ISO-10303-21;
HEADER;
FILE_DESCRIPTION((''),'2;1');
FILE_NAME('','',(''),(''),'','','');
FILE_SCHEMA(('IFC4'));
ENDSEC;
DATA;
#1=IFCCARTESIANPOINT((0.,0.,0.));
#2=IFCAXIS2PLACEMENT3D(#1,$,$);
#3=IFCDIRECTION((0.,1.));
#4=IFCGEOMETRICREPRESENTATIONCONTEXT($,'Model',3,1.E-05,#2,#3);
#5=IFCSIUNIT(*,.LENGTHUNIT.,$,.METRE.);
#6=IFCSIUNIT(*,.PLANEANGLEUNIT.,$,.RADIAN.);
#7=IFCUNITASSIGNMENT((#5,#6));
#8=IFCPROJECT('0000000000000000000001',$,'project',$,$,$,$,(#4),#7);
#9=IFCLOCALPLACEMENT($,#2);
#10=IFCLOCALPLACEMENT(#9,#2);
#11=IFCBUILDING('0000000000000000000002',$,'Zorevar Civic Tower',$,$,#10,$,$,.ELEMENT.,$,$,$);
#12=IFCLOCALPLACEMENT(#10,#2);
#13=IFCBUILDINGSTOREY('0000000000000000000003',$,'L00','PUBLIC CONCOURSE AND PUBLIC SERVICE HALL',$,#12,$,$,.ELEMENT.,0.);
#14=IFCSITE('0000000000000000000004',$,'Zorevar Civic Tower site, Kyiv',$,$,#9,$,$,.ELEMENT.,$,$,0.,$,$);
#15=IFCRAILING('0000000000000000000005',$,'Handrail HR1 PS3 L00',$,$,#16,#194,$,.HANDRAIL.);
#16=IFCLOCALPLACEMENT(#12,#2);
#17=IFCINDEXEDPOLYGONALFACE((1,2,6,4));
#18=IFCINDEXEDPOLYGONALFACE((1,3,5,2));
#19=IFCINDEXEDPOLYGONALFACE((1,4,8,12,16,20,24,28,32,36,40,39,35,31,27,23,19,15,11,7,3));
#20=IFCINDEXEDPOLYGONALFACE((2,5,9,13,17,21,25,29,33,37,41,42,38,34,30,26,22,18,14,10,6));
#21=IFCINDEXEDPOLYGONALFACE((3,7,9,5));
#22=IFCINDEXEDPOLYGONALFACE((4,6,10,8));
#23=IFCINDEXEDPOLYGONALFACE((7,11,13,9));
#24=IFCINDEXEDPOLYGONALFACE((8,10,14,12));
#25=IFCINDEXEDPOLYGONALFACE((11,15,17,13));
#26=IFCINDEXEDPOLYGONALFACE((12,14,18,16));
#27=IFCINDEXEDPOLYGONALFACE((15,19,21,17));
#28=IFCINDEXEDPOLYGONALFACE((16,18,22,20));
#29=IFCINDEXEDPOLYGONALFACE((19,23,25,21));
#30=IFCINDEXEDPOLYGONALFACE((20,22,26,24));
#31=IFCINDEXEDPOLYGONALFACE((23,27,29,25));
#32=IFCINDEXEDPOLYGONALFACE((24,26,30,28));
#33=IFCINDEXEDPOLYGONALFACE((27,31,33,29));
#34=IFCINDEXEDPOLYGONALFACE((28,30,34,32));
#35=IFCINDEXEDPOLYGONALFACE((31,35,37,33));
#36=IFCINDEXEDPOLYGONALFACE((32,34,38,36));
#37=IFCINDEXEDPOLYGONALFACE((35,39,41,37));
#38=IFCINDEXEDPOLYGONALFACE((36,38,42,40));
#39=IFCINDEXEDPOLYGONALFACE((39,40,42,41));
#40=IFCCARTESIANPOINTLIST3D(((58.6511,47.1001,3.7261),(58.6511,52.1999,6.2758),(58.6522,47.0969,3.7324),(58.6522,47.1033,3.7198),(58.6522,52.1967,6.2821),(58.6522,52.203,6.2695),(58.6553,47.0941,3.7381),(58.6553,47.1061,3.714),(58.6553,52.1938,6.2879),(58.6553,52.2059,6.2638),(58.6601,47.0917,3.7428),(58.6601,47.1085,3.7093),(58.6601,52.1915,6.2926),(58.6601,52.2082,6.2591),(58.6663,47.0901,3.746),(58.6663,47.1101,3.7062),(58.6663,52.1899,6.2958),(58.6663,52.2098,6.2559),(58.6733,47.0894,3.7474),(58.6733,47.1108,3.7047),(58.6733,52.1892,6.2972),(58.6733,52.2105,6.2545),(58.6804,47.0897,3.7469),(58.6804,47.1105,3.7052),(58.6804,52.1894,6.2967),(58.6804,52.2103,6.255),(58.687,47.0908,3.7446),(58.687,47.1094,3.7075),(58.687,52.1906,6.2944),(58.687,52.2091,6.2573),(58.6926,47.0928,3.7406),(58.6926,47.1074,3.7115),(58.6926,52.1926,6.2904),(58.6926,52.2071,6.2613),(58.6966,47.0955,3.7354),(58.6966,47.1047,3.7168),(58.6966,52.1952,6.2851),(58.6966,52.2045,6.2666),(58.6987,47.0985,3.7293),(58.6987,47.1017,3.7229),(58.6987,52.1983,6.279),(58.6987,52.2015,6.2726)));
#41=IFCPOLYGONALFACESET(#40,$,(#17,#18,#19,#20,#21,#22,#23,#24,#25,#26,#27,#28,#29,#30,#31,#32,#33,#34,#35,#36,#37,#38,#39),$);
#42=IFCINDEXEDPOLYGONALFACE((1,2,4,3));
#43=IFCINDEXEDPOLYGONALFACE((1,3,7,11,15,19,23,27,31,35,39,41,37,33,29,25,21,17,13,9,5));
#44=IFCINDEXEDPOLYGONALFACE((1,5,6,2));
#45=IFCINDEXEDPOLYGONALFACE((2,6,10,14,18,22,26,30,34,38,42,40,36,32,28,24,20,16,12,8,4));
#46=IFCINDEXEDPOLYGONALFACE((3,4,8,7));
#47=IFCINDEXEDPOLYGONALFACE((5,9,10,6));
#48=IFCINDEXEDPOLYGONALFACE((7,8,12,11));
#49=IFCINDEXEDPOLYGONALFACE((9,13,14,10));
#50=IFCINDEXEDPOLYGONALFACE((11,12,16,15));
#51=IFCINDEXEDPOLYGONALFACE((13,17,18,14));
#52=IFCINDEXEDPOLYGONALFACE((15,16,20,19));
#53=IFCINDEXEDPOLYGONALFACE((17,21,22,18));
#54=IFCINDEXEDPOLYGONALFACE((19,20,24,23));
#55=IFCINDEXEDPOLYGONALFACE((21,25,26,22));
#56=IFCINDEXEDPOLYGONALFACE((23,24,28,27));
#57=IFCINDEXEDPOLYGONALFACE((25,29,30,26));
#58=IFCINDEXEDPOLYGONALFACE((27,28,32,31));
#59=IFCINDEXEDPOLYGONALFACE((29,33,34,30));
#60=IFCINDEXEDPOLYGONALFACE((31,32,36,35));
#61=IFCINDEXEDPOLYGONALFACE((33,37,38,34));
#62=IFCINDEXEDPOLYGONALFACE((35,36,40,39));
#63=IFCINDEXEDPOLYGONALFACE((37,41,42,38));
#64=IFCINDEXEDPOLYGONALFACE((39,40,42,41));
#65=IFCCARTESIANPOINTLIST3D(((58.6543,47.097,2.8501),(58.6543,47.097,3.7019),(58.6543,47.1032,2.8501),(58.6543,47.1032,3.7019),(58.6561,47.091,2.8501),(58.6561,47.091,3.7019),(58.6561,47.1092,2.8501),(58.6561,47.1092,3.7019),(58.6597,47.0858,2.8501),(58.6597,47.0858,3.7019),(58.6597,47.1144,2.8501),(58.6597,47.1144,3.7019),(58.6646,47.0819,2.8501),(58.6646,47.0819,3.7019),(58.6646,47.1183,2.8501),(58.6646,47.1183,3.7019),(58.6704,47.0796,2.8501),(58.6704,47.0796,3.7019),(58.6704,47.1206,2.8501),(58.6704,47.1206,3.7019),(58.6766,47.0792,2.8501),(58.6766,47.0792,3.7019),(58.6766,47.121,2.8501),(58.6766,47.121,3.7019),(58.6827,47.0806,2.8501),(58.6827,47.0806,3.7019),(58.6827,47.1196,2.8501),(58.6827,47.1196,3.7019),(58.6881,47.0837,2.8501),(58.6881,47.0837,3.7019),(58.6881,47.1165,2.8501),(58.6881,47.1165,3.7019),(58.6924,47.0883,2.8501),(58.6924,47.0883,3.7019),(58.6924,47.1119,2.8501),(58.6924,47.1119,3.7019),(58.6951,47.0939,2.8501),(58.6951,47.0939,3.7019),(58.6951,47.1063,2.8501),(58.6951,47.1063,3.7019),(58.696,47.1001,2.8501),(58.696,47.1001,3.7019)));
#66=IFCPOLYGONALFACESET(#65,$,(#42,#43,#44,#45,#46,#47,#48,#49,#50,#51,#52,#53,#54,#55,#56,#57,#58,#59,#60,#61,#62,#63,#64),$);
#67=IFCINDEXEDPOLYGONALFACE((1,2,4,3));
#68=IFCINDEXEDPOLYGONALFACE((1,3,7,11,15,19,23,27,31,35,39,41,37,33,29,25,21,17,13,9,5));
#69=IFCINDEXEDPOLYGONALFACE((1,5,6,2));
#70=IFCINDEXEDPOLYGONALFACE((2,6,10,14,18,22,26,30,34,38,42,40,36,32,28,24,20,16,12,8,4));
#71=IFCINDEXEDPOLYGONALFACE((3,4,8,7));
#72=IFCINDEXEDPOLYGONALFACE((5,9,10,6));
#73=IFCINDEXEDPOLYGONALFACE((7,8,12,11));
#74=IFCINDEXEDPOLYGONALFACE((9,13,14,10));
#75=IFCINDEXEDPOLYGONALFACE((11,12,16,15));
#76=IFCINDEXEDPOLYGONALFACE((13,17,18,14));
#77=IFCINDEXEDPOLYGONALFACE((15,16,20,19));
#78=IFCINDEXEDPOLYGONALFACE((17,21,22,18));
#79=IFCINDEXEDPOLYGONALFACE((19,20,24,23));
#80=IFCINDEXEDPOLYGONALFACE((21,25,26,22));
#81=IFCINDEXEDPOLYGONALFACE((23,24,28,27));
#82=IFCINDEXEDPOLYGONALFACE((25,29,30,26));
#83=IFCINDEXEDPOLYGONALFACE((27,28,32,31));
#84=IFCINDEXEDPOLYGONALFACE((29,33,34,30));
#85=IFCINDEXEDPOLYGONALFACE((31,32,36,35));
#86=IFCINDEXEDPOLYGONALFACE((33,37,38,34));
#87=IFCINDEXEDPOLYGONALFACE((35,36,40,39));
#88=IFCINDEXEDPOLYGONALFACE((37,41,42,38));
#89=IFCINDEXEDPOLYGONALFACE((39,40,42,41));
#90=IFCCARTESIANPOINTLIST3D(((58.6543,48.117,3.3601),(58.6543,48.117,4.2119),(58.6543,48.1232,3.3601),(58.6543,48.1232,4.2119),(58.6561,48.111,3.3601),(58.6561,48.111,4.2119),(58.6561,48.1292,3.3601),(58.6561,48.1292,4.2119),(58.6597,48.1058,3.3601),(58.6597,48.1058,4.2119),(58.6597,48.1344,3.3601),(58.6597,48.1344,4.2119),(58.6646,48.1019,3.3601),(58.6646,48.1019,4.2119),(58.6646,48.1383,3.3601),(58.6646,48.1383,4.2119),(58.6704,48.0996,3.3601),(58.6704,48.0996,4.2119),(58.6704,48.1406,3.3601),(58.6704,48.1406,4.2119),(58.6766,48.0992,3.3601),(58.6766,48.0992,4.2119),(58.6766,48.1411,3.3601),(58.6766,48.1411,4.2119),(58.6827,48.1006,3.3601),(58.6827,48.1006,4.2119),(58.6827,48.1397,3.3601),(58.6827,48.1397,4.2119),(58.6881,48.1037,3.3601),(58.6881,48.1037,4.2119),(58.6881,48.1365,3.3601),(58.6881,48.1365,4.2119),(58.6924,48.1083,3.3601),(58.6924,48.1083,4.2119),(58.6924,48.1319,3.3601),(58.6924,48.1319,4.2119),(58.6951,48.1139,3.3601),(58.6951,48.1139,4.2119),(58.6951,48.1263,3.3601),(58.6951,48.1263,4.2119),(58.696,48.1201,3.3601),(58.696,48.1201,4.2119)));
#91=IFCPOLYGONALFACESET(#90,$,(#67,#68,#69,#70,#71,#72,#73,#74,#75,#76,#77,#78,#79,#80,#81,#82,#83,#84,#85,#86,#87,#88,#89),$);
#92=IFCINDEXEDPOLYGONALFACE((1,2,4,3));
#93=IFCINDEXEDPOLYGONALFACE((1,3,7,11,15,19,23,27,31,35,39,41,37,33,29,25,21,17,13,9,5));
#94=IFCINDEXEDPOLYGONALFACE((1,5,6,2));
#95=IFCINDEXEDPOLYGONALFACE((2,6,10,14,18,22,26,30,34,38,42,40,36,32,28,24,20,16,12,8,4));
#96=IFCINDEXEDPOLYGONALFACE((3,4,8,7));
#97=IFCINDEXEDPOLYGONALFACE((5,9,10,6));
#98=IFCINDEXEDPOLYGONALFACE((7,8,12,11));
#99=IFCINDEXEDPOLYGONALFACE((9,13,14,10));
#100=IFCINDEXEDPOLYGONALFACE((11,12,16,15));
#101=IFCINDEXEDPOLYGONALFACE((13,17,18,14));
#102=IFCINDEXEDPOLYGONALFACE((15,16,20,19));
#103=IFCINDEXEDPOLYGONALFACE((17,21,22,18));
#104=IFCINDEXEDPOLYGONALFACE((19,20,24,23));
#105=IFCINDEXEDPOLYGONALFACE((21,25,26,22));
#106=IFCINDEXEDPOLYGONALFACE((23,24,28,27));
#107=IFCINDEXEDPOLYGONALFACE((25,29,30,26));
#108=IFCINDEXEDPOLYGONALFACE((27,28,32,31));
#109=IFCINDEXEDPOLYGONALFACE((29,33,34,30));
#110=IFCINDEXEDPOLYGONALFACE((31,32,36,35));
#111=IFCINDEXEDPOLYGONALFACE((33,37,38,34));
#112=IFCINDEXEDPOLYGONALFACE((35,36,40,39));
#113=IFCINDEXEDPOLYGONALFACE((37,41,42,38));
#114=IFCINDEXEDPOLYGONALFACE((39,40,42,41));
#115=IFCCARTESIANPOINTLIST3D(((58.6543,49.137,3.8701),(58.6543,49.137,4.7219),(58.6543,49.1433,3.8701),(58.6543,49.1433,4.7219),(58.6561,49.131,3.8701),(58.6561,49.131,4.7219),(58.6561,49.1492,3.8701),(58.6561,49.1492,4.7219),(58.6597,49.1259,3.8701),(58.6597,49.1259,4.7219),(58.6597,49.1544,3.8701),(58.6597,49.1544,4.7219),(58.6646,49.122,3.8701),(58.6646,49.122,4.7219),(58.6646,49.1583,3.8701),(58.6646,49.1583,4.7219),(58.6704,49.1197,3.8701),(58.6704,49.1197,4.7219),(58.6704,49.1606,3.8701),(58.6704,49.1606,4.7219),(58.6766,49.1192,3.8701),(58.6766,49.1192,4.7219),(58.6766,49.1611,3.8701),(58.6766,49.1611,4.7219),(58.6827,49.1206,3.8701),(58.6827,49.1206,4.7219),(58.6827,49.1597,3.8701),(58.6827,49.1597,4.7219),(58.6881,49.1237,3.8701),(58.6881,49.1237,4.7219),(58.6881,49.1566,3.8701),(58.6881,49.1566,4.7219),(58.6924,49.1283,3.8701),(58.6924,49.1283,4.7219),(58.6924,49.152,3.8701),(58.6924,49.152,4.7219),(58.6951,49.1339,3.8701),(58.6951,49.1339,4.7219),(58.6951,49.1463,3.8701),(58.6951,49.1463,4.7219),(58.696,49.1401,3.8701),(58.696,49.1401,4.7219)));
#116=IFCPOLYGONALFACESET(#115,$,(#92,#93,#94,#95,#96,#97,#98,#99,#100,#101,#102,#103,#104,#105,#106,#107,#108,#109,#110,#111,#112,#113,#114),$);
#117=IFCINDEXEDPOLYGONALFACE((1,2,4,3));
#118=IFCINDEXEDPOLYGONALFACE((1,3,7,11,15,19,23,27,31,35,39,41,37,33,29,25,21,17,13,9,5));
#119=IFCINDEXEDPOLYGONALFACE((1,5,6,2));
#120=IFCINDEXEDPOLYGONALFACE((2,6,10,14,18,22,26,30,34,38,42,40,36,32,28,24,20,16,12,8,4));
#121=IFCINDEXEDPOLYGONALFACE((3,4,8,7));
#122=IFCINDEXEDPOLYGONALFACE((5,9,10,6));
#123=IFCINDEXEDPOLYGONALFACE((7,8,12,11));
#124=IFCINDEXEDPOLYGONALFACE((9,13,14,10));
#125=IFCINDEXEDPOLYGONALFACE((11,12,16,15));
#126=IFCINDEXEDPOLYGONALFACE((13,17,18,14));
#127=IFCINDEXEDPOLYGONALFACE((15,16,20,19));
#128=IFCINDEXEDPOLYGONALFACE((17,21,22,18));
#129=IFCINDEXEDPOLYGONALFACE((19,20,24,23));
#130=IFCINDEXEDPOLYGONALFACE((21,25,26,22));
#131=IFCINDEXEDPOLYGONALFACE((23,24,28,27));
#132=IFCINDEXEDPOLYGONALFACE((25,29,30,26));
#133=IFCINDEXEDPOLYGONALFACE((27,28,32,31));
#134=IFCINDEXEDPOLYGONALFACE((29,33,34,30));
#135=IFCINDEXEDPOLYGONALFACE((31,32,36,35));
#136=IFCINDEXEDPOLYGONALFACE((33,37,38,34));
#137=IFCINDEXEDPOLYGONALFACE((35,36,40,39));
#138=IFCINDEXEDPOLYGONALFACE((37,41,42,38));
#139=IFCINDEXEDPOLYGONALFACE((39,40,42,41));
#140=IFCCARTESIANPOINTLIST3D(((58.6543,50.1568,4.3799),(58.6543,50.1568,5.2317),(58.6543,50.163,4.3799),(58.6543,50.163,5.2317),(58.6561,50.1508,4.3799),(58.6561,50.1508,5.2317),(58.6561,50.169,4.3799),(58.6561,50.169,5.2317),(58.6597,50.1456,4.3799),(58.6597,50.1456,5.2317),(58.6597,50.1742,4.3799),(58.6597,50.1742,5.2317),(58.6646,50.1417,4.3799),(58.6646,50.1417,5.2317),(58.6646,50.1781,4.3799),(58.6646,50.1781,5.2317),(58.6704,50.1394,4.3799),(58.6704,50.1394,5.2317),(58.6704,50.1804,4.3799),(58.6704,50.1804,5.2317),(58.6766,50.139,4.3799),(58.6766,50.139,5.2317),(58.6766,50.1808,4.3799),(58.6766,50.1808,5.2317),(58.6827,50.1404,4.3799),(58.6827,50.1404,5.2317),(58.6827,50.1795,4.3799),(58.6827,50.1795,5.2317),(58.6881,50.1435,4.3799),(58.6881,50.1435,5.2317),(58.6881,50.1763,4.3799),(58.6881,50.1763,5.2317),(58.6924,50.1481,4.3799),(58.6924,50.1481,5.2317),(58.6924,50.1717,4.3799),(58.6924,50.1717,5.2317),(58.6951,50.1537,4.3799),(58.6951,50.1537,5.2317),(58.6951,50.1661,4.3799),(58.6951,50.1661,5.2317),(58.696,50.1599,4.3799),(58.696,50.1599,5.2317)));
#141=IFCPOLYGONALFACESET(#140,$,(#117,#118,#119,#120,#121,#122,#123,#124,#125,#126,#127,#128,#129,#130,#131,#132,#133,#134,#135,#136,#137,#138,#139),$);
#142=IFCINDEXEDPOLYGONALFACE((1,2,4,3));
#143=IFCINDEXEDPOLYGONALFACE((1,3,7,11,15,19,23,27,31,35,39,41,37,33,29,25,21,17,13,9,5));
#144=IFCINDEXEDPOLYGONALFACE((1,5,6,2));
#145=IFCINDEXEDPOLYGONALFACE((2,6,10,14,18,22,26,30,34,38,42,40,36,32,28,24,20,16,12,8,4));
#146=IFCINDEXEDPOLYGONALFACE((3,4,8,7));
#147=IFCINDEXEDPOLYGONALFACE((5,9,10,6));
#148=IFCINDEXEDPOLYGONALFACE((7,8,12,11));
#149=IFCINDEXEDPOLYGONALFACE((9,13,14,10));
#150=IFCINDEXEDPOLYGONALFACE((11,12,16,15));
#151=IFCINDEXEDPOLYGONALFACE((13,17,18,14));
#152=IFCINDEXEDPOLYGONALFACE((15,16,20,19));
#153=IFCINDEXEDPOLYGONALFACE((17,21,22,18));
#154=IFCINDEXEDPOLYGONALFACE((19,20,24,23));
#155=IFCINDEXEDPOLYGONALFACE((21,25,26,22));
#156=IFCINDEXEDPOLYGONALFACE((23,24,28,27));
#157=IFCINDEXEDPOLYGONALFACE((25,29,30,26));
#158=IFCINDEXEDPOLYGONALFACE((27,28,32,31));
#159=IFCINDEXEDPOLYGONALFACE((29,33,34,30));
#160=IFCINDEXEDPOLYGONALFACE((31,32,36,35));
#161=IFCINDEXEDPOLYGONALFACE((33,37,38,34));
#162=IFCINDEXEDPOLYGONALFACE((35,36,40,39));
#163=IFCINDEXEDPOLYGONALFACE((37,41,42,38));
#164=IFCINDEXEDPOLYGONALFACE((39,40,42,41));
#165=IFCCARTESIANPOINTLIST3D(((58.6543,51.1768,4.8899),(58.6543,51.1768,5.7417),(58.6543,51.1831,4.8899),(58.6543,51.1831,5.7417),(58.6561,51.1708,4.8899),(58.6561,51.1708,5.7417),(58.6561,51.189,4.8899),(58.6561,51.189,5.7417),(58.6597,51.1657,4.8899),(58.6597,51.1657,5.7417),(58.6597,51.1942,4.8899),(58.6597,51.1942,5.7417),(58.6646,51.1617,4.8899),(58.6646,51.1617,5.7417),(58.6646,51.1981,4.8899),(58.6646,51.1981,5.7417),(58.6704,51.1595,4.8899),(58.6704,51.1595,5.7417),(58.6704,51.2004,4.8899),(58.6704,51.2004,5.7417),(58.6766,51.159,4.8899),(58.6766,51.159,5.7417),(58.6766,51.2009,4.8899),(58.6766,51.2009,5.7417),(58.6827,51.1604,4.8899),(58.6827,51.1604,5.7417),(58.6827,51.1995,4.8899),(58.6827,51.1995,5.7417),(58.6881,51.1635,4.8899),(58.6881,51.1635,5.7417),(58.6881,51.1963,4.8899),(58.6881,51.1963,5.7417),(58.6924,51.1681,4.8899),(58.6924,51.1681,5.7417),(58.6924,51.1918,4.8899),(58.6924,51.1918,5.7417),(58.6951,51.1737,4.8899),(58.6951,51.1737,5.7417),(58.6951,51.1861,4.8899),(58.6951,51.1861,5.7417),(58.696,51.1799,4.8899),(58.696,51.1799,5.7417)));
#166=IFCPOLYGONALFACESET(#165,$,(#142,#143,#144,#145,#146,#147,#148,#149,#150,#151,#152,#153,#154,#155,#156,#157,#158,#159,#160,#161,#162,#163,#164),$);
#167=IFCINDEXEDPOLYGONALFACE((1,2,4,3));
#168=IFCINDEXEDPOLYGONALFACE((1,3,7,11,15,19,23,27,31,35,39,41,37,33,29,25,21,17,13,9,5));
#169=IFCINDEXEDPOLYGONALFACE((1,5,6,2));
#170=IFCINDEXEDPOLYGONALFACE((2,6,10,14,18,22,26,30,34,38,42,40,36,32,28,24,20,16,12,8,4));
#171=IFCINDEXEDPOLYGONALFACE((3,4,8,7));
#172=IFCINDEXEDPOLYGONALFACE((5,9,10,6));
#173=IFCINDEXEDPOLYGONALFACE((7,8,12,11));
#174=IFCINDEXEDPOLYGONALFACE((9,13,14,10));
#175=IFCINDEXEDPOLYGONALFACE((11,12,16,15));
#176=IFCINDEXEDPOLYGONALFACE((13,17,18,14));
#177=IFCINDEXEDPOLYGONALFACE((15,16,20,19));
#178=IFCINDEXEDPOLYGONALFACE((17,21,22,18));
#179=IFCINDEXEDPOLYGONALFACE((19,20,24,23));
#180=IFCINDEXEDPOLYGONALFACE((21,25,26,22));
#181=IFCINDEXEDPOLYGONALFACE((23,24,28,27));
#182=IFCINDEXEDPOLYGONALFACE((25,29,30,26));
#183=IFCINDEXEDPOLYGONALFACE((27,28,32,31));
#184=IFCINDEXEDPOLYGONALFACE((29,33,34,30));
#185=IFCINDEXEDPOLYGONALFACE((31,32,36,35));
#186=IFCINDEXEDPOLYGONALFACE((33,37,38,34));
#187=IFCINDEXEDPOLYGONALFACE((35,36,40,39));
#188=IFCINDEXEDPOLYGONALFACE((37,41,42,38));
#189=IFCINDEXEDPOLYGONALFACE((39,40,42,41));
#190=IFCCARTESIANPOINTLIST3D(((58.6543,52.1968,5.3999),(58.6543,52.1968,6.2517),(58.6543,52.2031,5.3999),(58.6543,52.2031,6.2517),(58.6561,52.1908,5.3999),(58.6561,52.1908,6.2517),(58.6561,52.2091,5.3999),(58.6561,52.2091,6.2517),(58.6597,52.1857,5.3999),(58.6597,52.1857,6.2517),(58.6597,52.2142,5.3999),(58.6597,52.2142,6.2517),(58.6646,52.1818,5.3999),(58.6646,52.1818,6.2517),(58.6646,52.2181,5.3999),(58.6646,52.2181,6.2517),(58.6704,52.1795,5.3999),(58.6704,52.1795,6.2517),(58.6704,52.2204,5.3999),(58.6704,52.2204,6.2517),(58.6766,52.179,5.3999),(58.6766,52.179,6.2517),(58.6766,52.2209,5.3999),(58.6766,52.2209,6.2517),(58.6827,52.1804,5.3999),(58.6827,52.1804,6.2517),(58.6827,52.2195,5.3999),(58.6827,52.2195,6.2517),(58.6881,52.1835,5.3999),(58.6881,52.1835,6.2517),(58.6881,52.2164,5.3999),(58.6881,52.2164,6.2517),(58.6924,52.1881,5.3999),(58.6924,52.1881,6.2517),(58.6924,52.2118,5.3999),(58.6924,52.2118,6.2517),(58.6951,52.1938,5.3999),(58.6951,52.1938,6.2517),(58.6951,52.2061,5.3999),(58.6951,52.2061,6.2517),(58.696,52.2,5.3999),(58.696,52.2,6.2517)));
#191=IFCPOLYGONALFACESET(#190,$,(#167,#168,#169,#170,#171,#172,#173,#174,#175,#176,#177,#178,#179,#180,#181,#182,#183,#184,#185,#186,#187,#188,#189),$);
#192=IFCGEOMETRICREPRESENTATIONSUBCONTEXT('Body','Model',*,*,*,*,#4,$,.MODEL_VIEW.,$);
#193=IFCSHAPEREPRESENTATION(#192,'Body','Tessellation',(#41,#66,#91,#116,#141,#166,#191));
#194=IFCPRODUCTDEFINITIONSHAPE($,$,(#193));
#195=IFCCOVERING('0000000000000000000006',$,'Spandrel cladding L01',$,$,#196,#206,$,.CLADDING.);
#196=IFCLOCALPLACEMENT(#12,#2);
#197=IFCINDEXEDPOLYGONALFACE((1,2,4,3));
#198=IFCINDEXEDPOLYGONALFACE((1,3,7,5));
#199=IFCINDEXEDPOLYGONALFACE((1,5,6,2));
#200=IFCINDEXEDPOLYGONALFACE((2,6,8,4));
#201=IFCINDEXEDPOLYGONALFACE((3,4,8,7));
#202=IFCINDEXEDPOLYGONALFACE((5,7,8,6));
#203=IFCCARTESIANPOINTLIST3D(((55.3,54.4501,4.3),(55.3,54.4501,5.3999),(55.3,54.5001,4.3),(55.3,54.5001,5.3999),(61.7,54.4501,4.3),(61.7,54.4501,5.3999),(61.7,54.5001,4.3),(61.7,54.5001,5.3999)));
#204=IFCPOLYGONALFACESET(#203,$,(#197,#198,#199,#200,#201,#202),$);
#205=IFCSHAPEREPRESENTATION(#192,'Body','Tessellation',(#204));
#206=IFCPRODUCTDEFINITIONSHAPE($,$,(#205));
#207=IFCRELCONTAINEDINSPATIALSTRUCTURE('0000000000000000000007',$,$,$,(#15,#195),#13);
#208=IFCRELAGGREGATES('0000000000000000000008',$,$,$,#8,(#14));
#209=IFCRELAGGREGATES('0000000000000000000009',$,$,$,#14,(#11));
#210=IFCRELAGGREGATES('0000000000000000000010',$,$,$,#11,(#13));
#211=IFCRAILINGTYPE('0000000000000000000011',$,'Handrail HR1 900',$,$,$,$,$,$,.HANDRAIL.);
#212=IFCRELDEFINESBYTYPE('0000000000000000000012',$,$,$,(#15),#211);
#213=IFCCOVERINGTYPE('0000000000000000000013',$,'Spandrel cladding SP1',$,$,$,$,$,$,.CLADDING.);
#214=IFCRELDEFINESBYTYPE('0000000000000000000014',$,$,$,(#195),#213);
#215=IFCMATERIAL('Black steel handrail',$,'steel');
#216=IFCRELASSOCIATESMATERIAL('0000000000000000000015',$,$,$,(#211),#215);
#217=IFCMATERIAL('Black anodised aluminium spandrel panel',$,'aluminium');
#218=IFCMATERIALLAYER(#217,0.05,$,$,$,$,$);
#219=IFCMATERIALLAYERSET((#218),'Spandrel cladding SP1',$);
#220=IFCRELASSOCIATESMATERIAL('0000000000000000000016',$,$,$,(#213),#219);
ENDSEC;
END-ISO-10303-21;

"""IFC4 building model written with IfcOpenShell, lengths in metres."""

from ifc_helpers import new_model, si_unit, direction, frame, frame_2d, origin, origin_2d, place, context, subcontext, project, spatial, rectangle, circle, extrude, material, layer, layer_set, type_object, element, save


model = new_model("IFC4")

# Units and contexts
model_context = context("Model", 3, precision=1e-05, world=origin(), true_north=direction((0.0, 1.0)))
body_context = subcontext(model_context, "Body", "Model", "MODEL_VIEW")
ifc_project = project(units=[si_unit("LENGTHUNIT", "METRE"), si_unit("PLANEANGLEUNIT", "RADIAN")], contexts=[model_context])

# Site, building, storey
site_placement = place(None, origin())
site = spatial("IfcSite", under=ifc_project, at=site_placement, Name="Zorevar Civic Tower site, Kyiv", CompositionType="ELEMENT", RefElevation=0.0)
building_placement = place(site_placement, origin())
building = spatial("IfcBuilding", under=site, at=building_placement, Name="Zorevar Civic Tower", CompositionType="ELEMENT")
storey_placement = place(building_placement, origin())
storey = spatial("IfcBuildingStorey", under=building, at=storey_placement, Name="L00", Description="PUBLIC CONCOURSE AND PUBLIC SERVICE HALL", CompositionType="ELEMENT", Elevation=0.0)

# Railing
ifc_material_1 = material(Name="Black steel handrail", Category="steel")
railing_type = type_object("IfcRailingType", Name="Handrail HR1 900", PredefinedType="HANDRAIL", material=ifc_material_1)
railing_1_placement = place(storey_placement, frame((58.675, 47.1001, 2.8501)))
element("IfcRailing", 1, at=railing_1_placement, inside=storey, type_object=railing_type, Name="Handrail HR1 PS3 L00", PredefinedType="HANDRAIL", context=body_context, shape_type="SweptSolid", body=[
    extrude(circle(Radius=0.0239, at=origin_2d()), frame((0.0, 0.0, 0.876), z_axis=(0.0, 0.894436, 0.447196), x_axis=(-1.0, 0.0, 0.0)), (0.0, 0.0, 1.0), 5.7017),
    extrude(circle(Radius=0.021, at=origin_2d()), origin(), (0.0, 0.0, 1.0), 0.8518),
    extrude(circle(Radius=0.021, at=origin_2d()), frame((0.0, 1.02, 0.51)), (0.0, 0.0, 1.0), 0.8518),
    extrude(circle(Radius=0.021, at=origin_2d()), frame((0.0, 2.04, 1.02)), (0.0, 0.0, 1.0), 0.8518),
    extrude(circle(Radius=0.021, at=origin_2d()), frame((0.0, 3.0598, 1.5298)), (0.0, 0.0, 1.0), 0.8518),
    extrude(circle(Radius=0.021, at=origin_2d()), frame((0.0, 4.0798, 2.0398)), (0.0, 0.0, 1.0), 0.8518),
    extrude(circle(Radius=0.021, at=origin_2d()), frame((0.0, 5.0999, 2.5498)), (0.0, 0.0, 1.0), 0.8518),
])

# Covering
ifc_material_2 = material(Name="Black anodised aluminium spandrel panel", Category="aluminium")
ifc_layer_1 = layer(ifc_material_2, 0.05)
ifc_layer_set_1 = layer_set([ifc_layer_1], Name="Spandrel cladding SP1")
covering_type = type_object("IfcCoveringType", Name="Spandrel cladding SP1", PredefinedType="CLADDING", material=ifc_layer_set_1)
covering_placement = place(storey_placement, frame((55.3, 54.4751, 4.3), z_axis=(0.0, 0.0, 1.0), x_axis=(1.0, 0.0, 0.0)))
element("IfcCovering", 2, at=covering_placement, inside=storey, type_object=covering_type, Name="Spandrel cladding L01", PredefinedType="CLADDING", context=body_context, shape_type="SweptSolid", body=[
    extrude(rectangle(XDim=6.3999, YDim=0.05, at=frame_2d((3.2, 0.0))), origin(), (0.0, 0.0, 1.0), 1.0999),
])

save(model, "model.ifc")
